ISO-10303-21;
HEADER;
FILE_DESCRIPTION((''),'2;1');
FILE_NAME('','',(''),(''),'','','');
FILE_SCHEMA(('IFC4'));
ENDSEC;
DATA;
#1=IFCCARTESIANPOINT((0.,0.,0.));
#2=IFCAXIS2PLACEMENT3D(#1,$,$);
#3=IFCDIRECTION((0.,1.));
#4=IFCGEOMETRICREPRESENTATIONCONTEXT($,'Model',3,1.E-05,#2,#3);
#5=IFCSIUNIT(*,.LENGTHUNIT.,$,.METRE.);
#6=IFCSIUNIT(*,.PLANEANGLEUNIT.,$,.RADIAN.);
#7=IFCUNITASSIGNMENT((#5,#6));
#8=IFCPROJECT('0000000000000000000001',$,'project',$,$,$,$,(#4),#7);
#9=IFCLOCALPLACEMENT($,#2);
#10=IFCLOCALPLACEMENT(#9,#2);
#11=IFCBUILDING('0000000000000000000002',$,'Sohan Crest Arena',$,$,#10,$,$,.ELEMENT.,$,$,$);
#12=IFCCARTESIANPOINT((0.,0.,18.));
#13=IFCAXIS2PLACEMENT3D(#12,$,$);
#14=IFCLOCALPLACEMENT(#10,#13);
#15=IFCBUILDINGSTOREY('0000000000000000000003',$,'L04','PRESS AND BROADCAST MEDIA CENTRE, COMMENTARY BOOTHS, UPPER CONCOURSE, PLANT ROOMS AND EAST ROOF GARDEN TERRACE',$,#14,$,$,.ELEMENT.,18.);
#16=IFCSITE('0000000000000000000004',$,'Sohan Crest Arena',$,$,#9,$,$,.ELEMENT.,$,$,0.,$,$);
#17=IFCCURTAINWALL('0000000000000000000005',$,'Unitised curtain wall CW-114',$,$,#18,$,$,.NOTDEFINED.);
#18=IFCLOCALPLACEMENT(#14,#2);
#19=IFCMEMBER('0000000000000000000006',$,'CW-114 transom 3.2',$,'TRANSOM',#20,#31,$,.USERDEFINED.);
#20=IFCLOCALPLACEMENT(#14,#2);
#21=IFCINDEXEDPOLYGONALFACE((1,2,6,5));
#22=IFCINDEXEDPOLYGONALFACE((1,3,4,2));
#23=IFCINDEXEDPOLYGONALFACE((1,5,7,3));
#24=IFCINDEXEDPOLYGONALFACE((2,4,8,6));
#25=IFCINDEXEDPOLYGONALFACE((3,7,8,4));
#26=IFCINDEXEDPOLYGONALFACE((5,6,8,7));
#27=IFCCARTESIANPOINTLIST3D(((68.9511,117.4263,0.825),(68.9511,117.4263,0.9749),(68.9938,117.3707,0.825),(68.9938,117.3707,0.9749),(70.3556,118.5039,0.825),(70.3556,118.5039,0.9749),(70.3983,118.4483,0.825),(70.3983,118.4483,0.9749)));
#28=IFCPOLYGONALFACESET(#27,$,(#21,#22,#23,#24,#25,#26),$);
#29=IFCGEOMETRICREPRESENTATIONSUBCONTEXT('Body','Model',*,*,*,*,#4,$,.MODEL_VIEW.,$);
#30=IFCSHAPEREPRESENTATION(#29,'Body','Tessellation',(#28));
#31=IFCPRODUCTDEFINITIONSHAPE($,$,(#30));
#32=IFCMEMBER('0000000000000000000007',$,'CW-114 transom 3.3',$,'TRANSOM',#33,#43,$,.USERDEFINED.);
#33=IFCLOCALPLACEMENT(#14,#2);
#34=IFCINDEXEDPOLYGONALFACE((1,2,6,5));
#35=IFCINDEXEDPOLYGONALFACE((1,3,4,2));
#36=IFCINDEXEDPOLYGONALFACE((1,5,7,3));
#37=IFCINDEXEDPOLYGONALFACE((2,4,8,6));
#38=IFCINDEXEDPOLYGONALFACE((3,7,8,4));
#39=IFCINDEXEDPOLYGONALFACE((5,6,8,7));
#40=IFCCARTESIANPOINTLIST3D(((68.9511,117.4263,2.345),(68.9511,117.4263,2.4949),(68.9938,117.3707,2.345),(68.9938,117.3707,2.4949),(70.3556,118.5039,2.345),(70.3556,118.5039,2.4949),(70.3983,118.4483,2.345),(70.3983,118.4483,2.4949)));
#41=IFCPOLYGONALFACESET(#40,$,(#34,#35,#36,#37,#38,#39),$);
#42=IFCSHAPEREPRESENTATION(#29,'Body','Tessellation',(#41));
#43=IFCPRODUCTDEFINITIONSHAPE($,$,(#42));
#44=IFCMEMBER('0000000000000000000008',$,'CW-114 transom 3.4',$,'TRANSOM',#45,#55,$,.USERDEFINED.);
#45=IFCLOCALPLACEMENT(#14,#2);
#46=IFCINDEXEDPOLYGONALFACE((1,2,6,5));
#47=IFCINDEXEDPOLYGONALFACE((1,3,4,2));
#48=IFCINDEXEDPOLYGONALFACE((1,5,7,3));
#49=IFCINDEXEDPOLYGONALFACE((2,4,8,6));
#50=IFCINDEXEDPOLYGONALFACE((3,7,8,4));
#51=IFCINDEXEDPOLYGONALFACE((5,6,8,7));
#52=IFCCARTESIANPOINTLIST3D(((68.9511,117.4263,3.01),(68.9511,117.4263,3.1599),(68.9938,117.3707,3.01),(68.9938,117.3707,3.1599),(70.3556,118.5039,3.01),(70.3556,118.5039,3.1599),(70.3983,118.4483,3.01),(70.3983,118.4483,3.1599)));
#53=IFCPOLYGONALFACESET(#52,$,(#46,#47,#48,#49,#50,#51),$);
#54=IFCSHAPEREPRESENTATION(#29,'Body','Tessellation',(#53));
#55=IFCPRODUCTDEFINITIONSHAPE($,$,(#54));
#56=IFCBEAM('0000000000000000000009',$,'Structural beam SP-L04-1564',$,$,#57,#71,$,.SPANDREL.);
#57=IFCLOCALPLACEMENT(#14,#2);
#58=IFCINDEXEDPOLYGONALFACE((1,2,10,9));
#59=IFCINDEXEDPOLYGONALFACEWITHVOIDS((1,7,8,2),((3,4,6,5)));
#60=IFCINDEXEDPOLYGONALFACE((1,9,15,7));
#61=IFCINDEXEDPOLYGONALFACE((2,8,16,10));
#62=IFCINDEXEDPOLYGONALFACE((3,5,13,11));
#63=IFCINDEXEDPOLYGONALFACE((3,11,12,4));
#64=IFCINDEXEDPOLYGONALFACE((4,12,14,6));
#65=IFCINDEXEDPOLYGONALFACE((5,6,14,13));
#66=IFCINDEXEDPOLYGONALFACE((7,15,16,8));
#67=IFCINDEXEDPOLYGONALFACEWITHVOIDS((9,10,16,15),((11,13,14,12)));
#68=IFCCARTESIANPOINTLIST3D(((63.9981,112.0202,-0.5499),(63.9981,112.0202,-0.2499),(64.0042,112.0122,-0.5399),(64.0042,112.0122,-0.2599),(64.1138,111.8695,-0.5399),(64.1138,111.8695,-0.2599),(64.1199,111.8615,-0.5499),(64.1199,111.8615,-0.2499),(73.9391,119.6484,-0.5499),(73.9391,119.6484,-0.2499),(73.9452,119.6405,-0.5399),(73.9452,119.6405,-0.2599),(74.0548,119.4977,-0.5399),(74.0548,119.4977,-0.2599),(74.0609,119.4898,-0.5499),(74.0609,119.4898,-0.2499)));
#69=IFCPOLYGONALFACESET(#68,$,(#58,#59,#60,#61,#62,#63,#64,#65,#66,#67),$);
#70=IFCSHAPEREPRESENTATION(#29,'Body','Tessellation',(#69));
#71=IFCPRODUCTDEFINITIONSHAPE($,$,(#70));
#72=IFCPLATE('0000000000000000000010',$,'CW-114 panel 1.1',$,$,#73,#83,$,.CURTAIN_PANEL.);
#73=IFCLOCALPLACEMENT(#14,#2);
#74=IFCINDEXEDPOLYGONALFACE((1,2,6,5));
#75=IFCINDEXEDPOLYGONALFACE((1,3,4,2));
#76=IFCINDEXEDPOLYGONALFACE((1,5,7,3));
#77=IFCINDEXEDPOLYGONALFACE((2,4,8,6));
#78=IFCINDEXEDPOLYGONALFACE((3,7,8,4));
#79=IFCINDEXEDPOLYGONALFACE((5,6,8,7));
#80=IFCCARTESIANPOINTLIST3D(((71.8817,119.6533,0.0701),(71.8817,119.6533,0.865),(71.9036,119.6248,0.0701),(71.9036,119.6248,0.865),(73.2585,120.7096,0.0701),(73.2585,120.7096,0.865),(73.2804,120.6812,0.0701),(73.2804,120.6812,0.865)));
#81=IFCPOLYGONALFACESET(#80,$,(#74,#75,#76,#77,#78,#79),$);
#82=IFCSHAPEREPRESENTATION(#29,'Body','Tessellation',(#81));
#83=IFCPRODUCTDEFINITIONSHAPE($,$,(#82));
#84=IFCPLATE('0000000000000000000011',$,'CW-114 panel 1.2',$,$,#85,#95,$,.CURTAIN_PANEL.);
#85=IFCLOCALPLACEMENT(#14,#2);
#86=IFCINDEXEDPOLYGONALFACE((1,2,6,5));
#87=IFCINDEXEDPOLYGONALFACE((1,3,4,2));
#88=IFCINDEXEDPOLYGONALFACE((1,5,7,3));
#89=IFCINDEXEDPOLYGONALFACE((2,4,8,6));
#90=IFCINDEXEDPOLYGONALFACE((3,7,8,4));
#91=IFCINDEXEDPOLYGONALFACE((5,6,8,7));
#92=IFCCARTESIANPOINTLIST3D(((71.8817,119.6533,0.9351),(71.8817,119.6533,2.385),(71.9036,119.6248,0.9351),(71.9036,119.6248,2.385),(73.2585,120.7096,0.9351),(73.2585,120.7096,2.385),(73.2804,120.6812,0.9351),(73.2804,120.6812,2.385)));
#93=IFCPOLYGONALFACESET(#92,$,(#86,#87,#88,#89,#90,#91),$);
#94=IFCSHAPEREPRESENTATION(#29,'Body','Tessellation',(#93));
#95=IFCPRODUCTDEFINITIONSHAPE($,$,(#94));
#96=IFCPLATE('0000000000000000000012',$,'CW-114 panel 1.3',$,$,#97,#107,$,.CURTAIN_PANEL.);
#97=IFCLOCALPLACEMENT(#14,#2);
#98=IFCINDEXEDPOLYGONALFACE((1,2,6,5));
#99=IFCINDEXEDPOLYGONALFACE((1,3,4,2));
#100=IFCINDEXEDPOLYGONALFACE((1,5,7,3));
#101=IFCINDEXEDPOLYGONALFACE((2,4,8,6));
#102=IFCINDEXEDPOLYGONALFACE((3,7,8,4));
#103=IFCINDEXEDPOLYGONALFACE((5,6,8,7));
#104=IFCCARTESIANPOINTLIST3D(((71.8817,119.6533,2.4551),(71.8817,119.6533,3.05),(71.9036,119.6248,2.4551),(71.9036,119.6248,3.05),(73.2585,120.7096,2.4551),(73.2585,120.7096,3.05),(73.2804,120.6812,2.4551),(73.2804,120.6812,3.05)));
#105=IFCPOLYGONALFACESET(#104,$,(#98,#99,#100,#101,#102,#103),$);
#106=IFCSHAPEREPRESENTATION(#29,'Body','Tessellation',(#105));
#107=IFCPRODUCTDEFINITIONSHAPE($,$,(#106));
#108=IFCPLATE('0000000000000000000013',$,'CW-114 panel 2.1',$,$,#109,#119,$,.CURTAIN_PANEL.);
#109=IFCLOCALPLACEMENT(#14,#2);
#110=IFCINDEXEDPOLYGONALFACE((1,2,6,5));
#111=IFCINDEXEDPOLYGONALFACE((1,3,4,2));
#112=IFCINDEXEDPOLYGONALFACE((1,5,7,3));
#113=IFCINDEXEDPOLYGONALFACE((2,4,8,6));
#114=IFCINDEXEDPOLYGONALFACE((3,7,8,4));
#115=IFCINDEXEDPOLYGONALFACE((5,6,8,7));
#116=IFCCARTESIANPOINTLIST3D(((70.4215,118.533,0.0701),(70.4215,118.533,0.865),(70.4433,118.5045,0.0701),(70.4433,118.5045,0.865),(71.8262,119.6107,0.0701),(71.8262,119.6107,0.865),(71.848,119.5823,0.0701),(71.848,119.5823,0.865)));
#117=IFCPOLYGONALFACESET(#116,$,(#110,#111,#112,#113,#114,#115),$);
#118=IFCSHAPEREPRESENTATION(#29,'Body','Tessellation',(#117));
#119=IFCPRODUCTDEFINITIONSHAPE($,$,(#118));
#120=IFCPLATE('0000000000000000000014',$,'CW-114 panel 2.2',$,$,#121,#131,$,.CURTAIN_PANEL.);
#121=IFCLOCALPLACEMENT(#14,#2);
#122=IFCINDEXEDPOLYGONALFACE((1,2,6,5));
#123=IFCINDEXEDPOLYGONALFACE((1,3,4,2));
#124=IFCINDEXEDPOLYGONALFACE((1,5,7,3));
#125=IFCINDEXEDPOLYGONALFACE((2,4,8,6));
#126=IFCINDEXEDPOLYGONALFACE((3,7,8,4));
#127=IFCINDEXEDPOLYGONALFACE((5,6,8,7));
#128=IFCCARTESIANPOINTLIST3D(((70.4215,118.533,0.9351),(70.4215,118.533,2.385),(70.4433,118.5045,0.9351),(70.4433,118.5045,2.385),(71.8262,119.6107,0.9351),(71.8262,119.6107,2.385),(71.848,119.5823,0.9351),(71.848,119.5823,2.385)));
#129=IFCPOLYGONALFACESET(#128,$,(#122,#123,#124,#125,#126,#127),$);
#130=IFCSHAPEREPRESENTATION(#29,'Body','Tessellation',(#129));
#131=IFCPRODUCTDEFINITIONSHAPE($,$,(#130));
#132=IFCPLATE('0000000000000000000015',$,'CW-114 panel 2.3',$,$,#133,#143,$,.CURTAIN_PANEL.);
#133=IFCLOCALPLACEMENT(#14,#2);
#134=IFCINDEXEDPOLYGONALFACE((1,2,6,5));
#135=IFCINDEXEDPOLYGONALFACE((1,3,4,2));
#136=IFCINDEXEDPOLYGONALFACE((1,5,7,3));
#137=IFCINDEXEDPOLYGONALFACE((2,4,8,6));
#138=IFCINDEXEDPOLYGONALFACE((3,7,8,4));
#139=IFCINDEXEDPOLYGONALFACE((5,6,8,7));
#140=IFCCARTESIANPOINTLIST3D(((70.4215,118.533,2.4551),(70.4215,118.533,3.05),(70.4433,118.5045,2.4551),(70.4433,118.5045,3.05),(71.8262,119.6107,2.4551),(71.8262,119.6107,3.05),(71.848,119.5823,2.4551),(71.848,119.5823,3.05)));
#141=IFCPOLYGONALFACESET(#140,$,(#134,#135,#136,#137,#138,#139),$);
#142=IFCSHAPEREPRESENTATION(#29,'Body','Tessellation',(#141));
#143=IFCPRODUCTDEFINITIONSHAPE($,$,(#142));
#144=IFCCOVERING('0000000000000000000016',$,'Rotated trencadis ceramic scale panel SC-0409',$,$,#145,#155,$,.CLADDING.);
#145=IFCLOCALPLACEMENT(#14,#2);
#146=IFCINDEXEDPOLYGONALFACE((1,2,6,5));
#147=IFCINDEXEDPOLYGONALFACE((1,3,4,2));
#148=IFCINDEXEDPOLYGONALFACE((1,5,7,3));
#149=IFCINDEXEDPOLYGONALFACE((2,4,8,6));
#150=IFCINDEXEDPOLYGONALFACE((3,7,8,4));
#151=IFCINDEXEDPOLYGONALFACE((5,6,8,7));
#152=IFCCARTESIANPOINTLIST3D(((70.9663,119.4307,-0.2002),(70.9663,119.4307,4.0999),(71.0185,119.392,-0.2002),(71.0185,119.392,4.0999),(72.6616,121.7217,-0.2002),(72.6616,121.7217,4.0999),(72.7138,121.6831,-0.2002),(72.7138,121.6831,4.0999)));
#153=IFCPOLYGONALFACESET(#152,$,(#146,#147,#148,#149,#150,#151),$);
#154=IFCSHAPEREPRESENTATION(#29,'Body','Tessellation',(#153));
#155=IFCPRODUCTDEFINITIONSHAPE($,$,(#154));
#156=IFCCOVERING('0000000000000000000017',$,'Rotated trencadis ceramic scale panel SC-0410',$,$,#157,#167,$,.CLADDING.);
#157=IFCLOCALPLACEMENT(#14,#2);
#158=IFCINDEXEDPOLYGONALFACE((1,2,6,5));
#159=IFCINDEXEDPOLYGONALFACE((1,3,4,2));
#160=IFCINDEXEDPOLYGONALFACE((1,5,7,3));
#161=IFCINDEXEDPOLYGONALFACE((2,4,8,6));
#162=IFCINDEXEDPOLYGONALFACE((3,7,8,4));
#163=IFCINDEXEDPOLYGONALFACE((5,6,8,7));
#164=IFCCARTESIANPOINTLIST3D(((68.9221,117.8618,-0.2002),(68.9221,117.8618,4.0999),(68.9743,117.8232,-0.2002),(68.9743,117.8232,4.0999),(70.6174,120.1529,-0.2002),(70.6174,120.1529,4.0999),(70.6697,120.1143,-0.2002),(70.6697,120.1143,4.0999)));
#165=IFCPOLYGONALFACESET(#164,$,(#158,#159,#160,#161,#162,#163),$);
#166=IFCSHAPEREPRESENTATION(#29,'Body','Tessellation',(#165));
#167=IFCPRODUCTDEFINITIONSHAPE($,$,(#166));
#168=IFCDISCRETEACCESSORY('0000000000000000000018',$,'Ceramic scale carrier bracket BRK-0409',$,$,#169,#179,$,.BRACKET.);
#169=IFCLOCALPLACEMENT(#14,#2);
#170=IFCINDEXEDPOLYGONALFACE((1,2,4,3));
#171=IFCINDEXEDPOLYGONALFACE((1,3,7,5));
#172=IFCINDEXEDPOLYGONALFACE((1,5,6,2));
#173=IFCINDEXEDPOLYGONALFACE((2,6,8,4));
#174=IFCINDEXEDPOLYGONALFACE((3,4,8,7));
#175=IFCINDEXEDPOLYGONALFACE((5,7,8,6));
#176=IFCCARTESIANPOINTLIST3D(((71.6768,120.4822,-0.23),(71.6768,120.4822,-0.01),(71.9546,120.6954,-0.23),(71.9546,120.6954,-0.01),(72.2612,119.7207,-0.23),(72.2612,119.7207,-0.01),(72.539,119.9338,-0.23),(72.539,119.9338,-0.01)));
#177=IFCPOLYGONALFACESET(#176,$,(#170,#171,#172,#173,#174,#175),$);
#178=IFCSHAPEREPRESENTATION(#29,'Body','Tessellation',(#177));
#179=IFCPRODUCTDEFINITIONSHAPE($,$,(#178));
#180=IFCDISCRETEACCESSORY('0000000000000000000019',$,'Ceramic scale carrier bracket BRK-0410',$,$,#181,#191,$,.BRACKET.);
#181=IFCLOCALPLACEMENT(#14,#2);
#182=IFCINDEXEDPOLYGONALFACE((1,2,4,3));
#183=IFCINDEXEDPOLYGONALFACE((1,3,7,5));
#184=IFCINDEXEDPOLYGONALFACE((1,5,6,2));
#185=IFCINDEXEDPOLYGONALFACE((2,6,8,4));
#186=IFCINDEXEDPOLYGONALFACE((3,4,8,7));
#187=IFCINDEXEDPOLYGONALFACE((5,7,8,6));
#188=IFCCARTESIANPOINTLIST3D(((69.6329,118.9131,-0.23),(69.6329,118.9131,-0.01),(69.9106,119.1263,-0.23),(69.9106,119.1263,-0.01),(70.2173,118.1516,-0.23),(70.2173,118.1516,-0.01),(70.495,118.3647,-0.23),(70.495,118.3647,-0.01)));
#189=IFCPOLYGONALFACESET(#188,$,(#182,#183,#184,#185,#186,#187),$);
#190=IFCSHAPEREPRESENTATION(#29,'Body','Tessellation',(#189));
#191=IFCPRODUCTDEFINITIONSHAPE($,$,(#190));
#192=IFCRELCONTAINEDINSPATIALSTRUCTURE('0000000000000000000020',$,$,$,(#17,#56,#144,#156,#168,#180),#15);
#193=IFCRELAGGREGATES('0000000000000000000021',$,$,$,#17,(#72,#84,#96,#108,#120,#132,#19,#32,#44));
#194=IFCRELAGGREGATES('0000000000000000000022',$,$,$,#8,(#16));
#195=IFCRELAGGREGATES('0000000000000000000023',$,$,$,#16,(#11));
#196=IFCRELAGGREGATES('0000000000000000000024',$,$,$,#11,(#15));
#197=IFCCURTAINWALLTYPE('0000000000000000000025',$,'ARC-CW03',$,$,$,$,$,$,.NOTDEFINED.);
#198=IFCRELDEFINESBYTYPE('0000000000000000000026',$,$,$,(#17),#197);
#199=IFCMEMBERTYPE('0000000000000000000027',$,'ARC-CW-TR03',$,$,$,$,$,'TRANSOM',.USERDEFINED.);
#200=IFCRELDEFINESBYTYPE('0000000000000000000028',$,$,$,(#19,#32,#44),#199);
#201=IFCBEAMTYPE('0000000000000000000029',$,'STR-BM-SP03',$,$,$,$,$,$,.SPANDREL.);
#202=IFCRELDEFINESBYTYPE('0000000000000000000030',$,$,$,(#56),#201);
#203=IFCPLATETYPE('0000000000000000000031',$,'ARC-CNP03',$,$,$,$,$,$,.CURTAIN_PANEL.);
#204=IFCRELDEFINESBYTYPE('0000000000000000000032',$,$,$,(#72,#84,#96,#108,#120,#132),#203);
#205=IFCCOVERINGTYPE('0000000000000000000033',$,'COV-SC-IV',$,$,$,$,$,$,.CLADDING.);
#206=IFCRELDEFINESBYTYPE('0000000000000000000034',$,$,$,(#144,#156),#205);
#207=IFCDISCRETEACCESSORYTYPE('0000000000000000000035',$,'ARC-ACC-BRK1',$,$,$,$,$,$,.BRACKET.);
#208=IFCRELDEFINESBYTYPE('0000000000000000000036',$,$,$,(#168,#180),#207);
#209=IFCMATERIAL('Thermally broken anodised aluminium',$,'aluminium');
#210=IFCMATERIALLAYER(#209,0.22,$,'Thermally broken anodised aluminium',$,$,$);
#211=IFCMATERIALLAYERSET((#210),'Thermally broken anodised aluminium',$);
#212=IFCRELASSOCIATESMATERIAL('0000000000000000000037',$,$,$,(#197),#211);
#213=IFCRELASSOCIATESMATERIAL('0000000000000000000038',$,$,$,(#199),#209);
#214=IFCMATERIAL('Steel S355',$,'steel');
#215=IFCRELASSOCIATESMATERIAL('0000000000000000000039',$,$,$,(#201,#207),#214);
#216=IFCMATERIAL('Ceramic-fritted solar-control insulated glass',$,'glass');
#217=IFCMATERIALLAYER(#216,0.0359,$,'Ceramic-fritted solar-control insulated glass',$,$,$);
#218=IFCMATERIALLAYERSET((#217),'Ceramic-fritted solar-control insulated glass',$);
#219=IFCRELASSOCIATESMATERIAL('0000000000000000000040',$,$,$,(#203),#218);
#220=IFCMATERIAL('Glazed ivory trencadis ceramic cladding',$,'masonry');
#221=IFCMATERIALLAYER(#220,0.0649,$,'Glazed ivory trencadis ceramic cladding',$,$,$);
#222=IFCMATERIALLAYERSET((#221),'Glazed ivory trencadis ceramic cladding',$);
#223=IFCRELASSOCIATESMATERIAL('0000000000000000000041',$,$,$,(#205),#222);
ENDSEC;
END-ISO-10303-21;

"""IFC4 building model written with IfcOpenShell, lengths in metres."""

from ifc_helpers import new_model, si_unit, direction, frame, origin, origin_2d, place, context, subcontext, project, spatial, rectangle, hollow_rectangle, extrude, material, layer, layer_set, material_profile, profile_set, type_object, element, aggregate, save


model = new_model("IFC4")

# Units and contexts
model_context = context("Model", 3, precision=1e-05, world=origin(), true_north=direction((0.0, 1.0)))
body_context = subcontext(model_context, "Body", "Model", "MODEL_VIEW")
ifc_project = project(units=[si_unit("LENGTHUNIT", "METRE"), si_unit("PLANEANGLEUNIT", "RADIAN")], contexts=[model_context])

# Site, building, storey
site_placement = place(None, origin())
site = spatial("IfcSite", under=ifc_project, at=site_placement, Name="Sohan Crest Arena", CompositionType="ELEMENT", RefElevation=0.0)
building_placement = place(site_placement, origin())
building = spatial("IfcBuilding", under=site, at=building_placement, Name="Sohan Crest Arena", CompositionType="ELEMENT")
storey_placement = place(building_placement, frame((0.0, 0.0, 18.0)))
storey = spatial("IfcBuildingStorey", under=building, at=storey_placement, Name="L04", Description="PRESS AND BROADCAST MEDIA CENTRE, COMMENTARY BOOTHS, UPPER CONCOURSE, PLANT ROOMS AND EAST ROOF GARDEN TERRACE", CompositionType="ELEMENT", Elevation=18.0)

# Shared definitions
ifc_material_1 = material(Name="Steel S355", Category="steel")

# Shared definitions
ifc_material_2 = material(Name="Thermally broken anodised aluminium", Category="aluminium")

# Curtain wall, members
ifc_layer_1 = layer(ifc_material_2, 0.22, Name="Thermally broken anodised aluminium")
ifc_layer_set_1 = layer_set([ifc_layer_1], Name="Thermally broken anodised aluminium")
curtain_wall_type_1 = type_object("IfcCurtainWallType", Name="ARC-CW03", PredefinedType="NOTDEFINED", material=ifc_layer_set_1)
curtain_wall_1_placement = place(storey_placement, origin())
curtain_wall_1 = element("IfcCurtainWall", 1, at=curtain_wall_1_placement, inside=storey, type_object=curtain_wall_type_1, Name="Unitised curtain wall CW-114", PredefinedType="NOTDEFINED")
ifc_material_profile_1 = material_profile(ifc_material_2, rectangle(XDim=0.0701, YDim=0.1499, at=origin_2d()), Name="ALU-TRAN 70x150")
ifc_profile_set_1 = profile_set([ifc_material_profile_1], Name="Thermally broken anodised aluminium")
member_type_1 = type_object("IfcMemberType", Name="ARC-CW-TR03", ElementType="TRANSOM", PredefinedType="USERDEFINED", material=ifc_profile_set_1)
member_1_placement = place(storey_placement, frame((70.377, 118.4761, 0.8999), z_axis=(-0.793382, -0.608724, 0.0), x_axis=(0.608724, -0.793382, 0.0)))
member_1 = element("IfcMember", 2, at=member_1_placement, type_object=member_type_1, Name="CW-114 transom 3.2", ObjectType="TRANSOM", PredefinedType="USERDEFINED", context=body_context, shape_type="SweptSolid", body=[
    extrude(rectangle(XDim=0.0701, YDim=0.1499, at=origin_2d()), origin(), (0.0, 0.0, 1.0), 1.7703),
])
member_2_placement = place(storey_placement, frame((70.377, 118.4761, 2.4199), z_axis=(-0.793382, -0.608724, 0.0), x_axis=(0.608724, -0.793382, 0.0)))
member_2 = element("IfcMember", 3, at=member_2_placement, type_object=member_type_1, Name="CW-114 transom 3.3", ObjectType="TRANSOM", PredefinedType="USERDEFINED", context=body_context, shape_type="SweptSolid", body=[
    extrude(rectangle(XDim=0.0701, YDim=0.1499, at=origin_2d()), origin(), (0.0, 0.0, 1.0), 1.7703),
])
member_3_placement = place(storey_placement, frame((70.377, 118.4761, 3.085), z_axis=(-0.793382, -0.608724, 0.0), x_axis=(0.608724, -0.793382, 0.0)))
member_3 = element("IfcMember", 4, at=member_3_placement, type_object=member_type_1, Name="CW-114 transom 3.4", ObjectType="TRANSOM", PredefinedType="USERDEFINED", context=body_context, shape_type="SweptSolid", body=[
    extrude(rectangle(XDim=0.0701, YDim=0.1499, at=origin_2d()), origin(), (0.0, 0.0, 1.0), 1.7703),
])

# Beam
ifc_material_profile_2 = material_profile(ifc_material_1, hollow_rectangle(XDim=0.2, YDim=0.3, WallThickness=0.01, at=origin_2d()), Name="RHS 300x200x10")
ifc_profile_set_2 = profile_set([ifc_material_profile_2], Name="Steel S355")
beam_type = type_object("IfcBeamType", Name="STR-BM-SP03", PredefinedType="SPANDREL", material=ifc_profile_set_2)
beam_placement = place(storey_placement, frame((74.0, 119.5691, -0.3999), z_axis=(-0.793344, -0.608773, 0.0), x_axis=(0.608773, -0.793344, 0.0)))
element("IfcBeam", 5, at=beam_placement, inside=storey, type_object=beam_type, Name="Structural beam SP-L04-1564", PredefinedType="SPANDREL", context=body_context, shape_type="SweptSolid", body=[
    extrude(hollow_rectangle(XDim=0.2, YDim=0.3, WallThickness=0.01, at=origin_2d()), origin(), (0.0, 0.0, 1.0), 12.5305),
])

# Plates
ifc_material_3 = material(Name="Ceramic-fritted solar-control insulated glass", Category="glass")
ifc_layer_2 = layer(ifc_material_3, 0.0359, Name="Ceramic-fritted solar-control insulated glass")
ifc_layer_set_2 = layer_set([ifc_layer_2], Name="Ceramic-fritted solar-control insulated glass")
plate_type = type_object("IfcPlateType", Name="ARC-CNP03", PredefinedType="CURTAIN_PANEL", material=ifc_layer_set_2)
plate_1_placement = place(storey_placement, frame((72.5811, 120.1672, 0.0701), z_axis=(0.0, 0.0, 1.0), x_axis=(-0.793385, -0.60872, 0.0)))
plate_1 = element("IfcPlate", 6, at=plate_1_placement, type_object=plate_type, Name="CW-114 panel 1.1", PredefinedType="CURTAIN_PANEL", context=body_context, shape_type="SweptSolid", body=[
    extrude(rectangle(XDim=1.7354, YDim=0.0359, at=origin_2d()), origin(), (0.0, 0.0, 1.0), 0.7949),
])
plate_2_placement = place(storey_placement, frame((72.5811, 120.1672, 0.9351), z_axis=(0.0, 0.0, 1.0), x_axis=(-0.793385, -0.60872, 0.0)))
plate_2 = element("IfcPlate", 7, at=plate_2_placement, type_object=plate_type, Name="CW-114 panel 1.2", PredefinedType="CURTAIN_PANEL", context=body_context, shape_type="SweptSolid", body=[
    extrude(rectangle(XDim=1.7354, YDim=0.0359, at=origin_2d()), origin(), (0.0, 0.0, 1.0), 1.45),
])
plate_3_placement = place(storey_placement, frame((72.5811, 120.1672, 2.4551), z_axis=(0.0, 0.0, 1.0), x_axis=(-0.793385, -0.60872, 0.0)))
plate_3 = element("IfcPlate", 8, at=plate_3_placement, type_object=plate_type, Name="CW-114 panel 1.3", PredefinedType="CURTAIN_PANEL", context=body_context, shape_type="SweptSolid", body=[
    extrude(rectangle(XDim=1.7354, YDim=0.0359, at=origin_2d()), origin(), (0.0, 0.0, 1.0), 0.595),
])
plate_4_placement = place(storey_placement, frame((71.1348, 119.0576, 0.0701), z_axis=(0.0, 0.0, 1.0), x_axis=(-0.793385, -0.60872, 0.0)))
plate_4 = element("IfcPlate", 9, at=plate_4_placement, type_object=plate_type, Name="CW-114 panel 2.1", PredefinedType="CURTAIN_PANEL", context=body_context, shape_type="SweptSolid", body=[
    extrude(rectangle(XDim=1.7705, YDim=0.0359, at=origin_2d()), origin(), (0.0, 0.0, 1.0), 0.7949),
])
plate_5_placement = place(storey_placement, frame((71.1348, 119.0576, 0.9351), z_axis=(0.0, 0.0, 1.0), x_axis=(-0.793385, -0.60872, 0.0)))
plate_5 = element("IfcPlate", 10, at=plate_5_placement, type_object=plate_type, Name="CW-114 panel 2.2", PredefinedType="CURTAIN_PANEL", context=body_context, shape_type="SweptSolid", body=[
    extrude(rectangle(XDim=1.7705, YDim=0.0359, at=origin_2d()), origin(), (0.0, 0.0, 1.0), 1.45),
])
plate_6_placement = place(storey_placement, frame((71.1348, 119.0576, 2.4551), z_axis=(0.0, 0.0, 1.0), x_axis=(-0.793385, -0.60872, 0.0)))
plate_6 = element("IfcPlate", 11, at=plate_6_placement, type_object=plate_type, Name="CW-114 panel 2.3", PredefinedType="CURTAIN_PANEL", context=body_context, shape_type="SweptSolid", body=[
    extrude(rectangle(XDim=1.7705, YDim=0.0359, at=origin_2d()), origin(), (0.0, 0.0, 1.0), 0.595),
])
aggregate(curtain_wall_1, [plate_1, plate_2, plate_3, plate_4, plate_5, plate_6, member_1, member_2, member_3])

# Coverings
ifc_material_4 = material(Name="Glazed ivory trencadis ceramic cladding", Category="masonry")
ifc_layer_3 = layer(ifc_material_4, 0.0649, Name="Glazed ivory trencadis ceramic cladding")
ifc_layer_set_3 = layer_set([ifc_layer_3], Name="Glazed ivory trencadis ceramic cladding")
covering_type = type_object("IfcCoveringType", Name="COV-SC-IV", PredefinedType="CLADDING", material=ifc_layer_set_3)
for number, where, z_axis, x_axis, name in (
    (12, (71.8401, 120.5569, -0.2002), (0.0, 0.0, 1.0), (-0.594823, -0.803857, 0.0), "Rotated trencadis ceramic scale panel SC-0409"),
    (13, (69.7959, 118.988, -0.2002), (0.0, 0.0, 1.0), (-0.594823, -0.803857, 0.0), "Rotated trencadis ceramic scale panel SC-0410"),
):
    element("IfcCovering", number, at=place(storey_placement, frame(where, z_axis=z_axis, x_axis=x_axis)), inside=storey, type_object=covering_type, Name=name, PredefinedType="CLADDING", context=body_context, shape_type="SweptSolid", body=[
        extrude(rectangle(XDim=2.8501, YDim=0.0649, at=origin_2d()), origin(), (0.0, 0.0, 1.0), 4.3),
    ])

# Discrete accessories
discrete_accessory_type = type_object("IfcDiscreteAccessoryType", Name="ARC-ACC-BRK1", PredefinedType="BRACKET", material=ifc_material_1)
for number, where, z_axis, x_axis, name in (
    (14, (72.1079, 120.208, -0.23), (0.0, 0.0, 1.0), (-0.793353, -0.608761, 0.0), "Ceramic scale carrier bracket BRK-0409"),
    (15, (70.064, 118.6389, -0.23), (0.0, 0.0, 1.0), (-0.793353, -0.608761, 0.0), "Ceramic scale carrier bracket BRK-0410"),
):
    element("IfcDiscreteAccessory", number, at=place(storey_placement, frame(where, z_axis=z_axis, x_axis=x_axis)), inside=storey, type_object=discrete_accessory_type, Name=name, PredefinedType="BRACKET", context=body_context, shape_type="SweptSolid", body=[
        extrude(rectangle(XDim=0.3501, YDim=0.96, at=origin_2d()), origin(), (0.0, 0.0, 1.0), 0.22),
    ])

save(model, "model.ifc")
